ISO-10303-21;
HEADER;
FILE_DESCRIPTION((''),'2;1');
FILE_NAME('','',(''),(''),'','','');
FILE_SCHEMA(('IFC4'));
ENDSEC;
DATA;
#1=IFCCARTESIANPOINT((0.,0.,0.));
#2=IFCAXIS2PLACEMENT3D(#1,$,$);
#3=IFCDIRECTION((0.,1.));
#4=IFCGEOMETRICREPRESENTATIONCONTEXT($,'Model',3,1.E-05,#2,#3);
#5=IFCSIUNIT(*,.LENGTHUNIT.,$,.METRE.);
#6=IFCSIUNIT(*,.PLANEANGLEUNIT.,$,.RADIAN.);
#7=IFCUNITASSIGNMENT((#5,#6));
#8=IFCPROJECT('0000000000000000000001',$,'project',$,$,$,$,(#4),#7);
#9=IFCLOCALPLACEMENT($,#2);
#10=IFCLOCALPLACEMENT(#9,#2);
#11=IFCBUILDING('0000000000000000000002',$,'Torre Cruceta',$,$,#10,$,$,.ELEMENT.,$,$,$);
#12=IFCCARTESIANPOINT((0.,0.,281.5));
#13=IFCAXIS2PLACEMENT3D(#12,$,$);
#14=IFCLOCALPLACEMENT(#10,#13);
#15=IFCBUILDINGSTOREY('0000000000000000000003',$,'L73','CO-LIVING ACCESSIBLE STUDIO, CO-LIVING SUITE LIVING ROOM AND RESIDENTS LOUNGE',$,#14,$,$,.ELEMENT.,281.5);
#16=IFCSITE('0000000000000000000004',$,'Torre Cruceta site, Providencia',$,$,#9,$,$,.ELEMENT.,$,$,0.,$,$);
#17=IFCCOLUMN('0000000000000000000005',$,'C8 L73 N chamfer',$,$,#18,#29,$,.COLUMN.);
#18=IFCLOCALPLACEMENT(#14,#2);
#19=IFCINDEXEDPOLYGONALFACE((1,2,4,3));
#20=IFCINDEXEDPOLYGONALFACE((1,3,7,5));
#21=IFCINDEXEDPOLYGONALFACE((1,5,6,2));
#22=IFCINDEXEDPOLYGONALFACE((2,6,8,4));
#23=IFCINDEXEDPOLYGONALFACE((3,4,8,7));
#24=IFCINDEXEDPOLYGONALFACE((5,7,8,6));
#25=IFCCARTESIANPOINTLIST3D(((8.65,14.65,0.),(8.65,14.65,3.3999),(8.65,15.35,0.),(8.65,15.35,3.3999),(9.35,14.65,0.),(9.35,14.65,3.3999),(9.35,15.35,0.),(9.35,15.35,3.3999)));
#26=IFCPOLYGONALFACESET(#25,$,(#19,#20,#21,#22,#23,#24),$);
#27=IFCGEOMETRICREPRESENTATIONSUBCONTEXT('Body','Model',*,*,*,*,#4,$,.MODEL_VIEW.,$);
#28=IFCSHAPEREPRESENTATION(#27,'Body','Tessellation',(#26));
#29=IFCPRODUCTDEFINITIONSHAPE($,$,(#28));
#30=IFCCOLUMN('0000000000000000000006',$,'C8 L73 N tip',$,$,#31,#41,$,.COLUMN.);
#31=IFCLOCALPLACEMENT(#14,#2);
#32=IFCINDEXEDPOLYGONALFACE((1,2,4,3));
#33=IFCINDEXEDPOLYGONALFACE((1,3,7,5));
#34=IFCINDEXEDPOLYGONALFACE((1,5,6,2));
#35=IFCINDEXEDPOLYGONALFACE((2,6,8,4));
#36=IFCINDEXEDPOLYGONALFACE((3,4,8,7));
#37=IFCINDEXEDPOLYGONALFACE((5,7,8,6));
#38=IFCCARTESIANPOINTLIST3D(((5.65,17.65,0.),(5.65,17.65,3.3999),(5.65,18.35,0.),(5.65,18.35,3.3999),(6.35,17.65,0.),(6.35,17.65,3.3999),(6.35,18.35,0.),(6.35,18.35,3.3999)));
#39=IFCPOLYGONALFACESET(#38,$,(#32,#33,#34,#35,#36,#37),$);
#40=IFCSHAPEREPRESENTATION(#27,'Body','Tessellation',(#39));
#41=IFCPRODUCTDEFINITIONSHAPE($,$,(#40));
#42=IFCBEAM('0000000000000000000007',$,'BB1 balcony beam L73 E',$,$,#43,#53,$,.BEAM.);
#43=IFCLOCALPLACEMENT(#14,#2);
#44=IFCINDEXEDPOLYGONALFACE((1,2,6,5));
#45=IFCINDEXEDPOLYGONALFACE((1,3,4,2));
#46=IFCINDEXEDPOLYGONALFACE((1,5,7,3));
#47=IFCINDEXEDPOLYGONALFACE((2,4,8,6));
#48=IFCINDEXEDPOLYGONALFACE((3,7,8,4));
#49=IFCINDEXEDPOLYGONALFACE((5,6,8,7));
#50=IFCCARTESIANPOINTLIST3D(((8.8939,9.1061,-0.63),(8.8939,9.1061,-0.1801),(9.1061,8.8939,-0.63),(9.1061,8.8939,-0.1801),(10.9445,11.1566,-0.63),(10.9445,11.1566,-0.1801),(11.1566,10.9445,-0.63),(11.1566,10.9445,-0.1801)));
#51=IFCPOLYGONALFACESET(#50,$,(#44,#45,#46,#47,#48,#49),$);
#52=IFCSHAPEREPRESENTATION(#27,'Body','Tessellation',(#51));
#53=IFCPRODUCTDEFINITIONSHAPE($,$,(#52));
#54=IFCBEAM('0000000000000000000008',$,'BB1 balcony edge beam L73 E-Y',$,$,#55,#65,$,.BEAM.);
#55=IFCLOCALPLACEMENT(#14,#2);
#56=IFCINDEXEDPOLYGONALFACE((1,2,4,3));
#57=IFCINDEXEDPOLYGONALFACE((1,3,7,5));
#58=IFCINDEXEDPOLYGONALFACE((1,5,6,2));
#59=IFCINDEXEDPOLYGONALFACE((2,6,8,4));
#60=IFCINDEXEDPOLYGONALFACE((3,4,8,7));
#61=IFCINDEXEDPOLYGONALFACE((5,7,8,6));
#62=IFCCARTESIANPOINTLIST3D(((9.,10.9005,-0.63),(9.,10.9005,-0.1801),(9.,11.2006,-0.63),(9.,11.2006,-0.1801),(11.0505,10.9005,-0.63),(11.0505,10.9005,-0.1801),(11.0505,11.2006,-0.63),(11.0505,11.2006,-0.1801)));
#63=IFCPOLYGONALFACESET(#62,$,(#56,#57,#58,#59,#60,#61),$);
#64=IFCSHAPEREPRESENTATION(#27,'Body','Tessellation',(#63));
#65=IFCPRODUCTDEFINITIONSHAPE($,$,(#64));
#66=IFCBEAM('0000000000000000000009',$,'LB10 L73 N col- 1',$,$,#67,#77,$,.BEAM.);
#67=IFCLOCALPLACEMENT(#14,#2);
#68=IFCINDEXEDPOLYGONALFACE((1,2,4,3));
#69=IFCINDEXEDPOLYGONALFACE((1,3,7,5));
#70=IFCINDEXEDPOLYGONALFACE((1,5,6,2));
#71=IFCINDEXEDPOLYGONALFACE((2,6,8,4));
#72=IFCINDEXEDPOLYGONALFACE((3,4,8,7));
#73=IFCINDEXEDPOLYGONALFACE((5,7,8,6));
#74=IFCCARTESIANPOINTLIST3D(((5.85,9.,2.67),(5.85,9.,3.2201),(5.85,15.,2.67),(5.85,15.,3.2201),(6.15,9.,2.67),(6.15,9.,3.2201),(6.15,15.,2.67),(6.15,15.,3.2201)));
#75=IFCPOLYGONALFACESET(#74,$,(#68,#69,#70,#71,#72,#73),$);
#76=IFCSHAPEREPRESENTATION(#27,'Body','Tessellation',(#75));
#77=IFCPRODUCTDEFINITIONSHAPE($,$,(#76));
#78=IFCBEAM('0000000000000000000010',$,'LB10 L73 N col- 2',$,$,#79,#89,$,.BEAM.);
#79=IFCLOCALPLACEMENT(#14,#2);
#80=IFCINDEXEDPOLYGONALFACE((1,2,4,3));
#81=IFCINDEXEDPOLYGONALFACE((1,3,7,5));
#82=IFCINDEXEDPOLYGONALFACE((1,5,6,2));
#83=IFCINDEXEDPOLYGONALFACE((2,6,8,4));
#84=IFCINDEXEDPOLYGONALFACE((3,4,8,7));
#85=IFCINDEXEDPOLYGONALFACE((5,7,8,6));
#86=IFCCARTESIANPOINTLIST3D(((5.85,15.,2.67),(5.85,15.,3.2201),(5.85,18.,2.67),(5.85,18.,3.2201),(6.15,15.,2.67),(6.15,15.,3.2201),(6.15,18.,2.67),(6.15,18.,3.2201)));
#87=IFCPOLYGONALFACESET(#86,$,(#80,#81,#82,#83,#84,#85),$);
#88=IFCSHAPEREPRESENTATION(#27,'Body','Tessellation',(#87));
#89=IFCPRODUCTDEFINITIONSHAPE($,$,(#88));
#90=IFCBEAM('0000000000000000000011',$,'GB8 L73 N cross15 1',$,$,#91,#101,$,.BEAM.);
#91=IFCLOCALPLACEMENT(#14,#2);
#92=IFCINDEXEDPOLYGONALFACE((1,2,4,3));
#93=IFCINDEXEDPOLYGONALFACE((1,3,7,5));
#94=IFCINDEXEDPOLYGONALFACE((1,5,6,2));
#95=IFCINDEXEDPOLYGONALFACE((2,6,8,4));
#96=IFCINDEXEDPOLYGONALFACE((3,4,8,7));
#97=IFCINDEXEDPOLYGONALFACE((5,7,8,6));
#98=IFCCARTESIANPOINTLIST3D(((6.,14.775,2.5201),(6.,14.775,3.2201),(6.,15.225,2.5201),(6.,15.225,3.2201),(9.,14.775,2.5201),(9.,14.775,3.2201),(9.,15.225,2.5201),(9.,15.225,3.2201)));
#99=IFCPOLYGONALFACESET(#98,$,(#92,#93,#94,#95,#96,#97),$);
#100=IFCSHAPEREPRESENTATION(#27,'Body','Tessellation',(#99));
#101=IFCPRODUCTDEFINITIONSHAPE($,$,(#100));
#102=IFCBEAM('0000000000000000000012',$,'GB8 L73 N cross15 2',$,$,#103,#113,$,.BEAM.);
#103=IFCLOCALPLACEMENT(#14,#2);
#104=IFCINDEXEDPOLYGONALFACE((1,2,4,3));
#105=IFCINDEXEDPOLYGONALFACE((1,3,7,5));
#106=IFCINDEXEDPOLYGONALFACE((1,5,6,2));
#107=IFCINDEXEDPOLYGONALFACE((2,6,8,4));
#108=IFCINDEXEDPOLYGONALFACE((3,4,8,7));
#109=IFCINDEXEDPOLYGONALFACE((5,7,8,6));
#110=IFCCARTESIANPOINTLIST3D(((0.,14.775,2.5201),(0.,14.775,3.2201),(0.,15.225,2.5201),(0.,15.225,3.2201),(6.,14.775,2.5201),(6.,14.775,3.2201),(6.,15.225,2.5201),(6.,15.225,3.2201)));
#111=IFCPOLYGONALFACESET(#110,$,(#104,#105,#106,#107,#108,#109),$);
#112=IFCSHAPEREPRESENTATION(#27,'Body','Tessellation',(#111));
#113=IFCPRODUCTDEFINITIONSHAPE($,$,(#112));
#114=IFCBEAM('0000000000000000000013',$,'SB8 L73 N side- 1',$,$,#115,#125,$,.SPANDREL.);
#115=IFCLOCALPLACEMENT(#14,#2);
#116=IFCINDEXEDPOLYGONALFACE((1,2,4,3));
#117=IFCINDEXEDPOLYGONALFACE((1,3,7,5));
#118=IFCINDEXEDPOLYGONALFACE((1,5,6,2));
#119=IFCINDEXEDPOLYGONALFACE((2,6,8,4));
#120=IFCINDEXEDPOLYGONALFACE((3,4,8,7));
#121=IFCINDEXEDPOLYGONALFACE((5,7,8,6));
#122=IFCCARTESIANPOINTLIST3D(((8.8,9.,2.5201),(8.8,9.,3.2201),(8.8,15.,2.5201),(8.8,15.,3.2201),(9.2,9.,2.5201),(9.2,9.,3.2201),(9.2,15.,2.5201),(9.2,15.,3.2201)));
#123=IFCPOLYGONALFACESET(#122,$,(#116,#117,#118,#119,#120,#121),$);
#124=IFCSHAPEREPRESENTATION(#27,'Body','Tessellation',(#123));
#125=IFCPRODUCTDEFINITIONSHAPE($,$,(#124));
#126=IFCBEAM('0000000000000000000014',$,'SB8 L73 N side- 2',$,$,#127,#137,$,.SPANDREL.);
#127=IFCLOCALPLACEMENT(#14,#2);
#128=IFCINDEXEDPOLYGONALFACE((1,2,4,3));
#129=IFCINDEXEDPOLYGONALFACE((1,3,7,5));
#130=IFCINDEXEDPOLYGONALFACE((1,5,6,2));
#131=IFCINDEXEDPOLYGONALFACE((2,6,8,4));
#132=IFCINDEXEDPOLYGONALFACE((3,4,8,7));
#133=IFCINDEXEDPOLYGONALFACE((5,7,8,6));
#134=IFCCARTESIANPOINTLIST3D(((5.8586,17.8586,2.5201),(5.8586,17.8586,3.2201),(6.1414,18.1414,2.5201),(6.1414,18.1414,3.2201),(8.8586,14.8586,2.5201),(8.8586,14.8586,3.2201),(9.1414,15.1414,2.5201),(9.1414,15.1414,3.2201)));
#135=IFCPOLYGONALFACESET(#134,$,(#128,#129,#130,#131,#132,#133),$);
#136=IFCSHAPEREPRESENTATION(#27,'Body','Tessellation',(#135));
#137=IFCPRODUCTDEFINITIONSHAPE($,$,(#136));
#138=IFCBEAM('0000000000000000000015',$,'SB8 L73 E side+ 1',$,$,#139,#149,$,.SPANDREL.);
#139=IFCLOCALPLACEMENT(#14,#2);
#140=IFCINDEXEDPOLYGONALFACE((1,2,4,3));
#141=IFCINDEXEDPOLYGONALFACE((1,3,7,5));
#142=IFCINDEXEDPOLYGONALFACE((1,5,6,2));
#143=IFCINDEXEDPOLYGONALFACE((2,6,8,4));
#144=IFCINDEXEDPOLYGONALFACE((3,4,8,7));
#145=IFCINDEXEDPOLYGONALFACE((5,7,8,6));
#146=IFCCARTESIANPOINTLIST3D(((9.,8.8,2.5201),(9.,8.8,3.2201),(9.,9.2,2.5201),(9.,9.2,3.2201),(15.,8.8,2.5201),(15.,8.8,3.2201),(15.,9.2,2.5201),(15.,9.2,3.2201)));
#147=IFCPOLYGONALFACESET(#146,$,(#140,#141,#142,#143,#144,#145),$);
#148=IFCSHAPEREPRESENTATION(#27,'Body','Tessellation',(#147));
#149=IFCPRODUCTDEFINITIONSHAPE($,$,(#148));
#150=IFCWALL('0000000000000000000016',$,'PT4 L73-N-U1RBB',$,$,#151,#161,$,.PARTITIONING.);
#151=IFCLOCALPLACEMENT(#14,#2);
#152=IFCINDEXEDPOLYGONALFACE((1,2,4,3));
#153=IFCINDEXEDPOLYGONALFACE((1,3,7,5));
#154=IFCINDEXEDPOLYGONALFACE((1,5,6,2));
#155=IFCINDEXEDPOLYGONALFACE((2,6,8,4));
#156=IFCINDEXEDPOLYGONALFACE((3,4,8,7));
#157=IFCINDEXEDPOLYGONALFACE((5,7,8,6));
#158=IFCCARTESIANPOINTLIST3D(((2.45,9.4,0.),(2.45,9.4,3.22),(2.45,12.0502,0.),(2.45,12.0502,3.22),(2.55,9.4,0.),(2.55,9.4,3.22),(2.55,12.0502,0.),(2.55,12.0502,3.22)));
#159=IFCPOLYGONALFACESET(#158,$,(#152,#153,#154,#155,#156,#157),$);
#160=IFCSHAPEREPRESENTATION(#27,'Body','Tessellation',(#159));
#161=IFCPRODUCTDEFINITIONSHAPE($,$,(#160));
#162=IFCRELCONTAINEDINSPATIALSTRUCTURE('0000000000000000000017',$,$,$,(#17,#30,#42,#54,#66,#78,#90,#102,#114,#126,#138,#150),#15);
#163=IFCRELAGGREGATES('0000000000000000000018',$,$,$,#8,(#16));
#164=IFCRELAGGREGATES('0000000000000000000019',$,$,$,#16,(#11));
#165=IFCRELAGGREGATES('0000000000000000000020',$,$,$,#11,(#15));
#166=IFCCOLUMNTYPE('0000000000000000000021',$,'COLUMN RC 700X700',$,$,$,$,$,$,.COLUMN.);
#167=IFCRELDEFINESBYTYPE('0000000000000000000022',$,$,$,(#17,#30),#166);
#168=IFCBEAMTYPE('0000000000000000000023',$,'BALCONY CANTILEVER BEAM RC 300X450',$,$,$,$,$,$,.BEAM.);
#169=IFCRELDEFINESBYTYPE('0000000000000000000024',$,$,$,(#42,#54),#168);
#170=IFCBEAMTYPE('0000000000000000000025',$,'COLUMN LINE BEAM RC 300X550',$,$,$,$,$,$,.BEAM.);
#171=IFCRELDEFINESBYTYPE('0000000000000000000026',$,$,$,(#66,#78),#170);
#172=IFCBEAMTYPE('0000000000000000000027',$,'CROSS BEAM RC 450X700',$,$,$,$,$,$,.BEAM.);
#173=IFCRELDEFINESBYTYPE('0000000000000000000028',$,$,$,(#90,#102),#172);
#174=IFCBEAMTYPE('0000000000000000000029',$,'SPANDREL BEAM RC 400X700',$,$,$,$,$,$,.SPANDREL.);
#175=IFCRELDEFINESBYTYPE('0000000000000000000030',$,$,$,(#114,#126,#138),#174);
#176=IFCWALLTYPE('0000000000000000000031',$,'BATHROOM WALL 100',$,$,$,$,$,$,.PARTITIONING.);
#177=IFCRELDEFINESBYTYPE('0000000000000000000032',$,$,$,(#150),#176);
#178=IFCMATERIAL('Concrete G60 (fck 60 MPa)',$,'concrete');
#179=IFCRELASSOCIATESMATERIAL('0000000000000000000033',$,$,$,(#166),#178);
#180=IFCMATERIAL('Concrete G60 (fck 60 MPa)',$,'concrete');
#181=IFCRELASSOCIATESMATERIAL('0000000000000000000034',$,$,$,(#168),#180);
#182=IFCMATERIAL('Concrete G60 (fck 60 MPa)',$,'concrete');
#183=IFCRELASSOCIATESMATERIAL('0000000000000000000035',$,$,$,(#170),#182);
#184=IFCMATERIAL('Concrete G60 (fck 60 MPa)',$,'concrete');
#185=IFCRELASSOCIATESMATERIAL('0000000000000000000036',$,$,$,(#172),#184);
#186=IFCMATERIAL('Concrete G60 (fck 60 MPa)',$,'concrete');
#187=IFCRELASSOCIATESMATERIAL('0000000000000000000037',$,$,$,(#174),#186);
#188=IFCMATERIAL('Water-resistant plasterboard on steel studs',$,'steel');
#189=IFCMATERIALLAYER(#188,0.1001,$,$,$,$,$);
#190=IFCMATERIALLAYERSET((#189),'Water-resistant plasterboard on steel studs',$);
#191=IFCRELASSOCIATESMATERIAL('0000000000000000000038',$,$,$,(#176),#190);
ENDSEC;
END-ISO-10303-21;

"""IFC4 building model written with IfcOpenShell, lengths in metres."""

from ifc_helpers import new_model, si_unit, direction, frame, frame_2d, origin, origin_2d, place, context, subcontext, project, spatial, rectangle, extrude, material, layer, layer_set, material_profile, profile_set, type_object, element, save


model = new_model("IFC4")

# Units and contexts
model_context = context("Model", 3, precision=1e-05, world=origin(), true_north=direction((0.0, 1.0)))
body_context = subcontext(model_context, "Body", "Model", "MODEL_VIEW")
ifc_project = project(units=[si_unit("LENGTHUNIT", "METRE"), si_unit("PLANEANGLEUNIT", "RADIAN")], contexts=[model_context])

# Site, building, storey
site_placement = place(None, origin())
site = spatial("IfcSite", under=ifc_project, at=site_placement, Name="Torre Cruceta site, Providencia", CompositionType="ELEMENT", RefElevation=0.0)
building_placement = place(site_placement, origin())
building = spatial("IfcBuilding", under=site, at=building_placement, Name="Torre Cruceta", CompositionType="ELEMENT")
storey_placement = place(building_placement, frame((0.0, 0.0, 281.5)))
storey = spatial("IfcBuildingStorey", under=building, at=storey_placement, Name="L73", Description="CO-LIVING ACCESSIBLE STUDIO, CO-LIVING SUITE LIVING ROOM AND RESIDENTS LOUNGE", CompositionType="ELEMENT", Elevation=281.5)

# Columns
ifc_material_1 = material(Name="Concrete G60 (fck 60 MPa)", Category="concrete")
ifc_material_profile_1 = material_profile(ifc_material_1, rectangle(XDim=0.7, YDim=0.7, at=origin_2d()), Name="RC 700X700")
ifc_profile_set_1 = profile_set([ifc_material_profile_1], Name="Concrete G60 (fck 60 MPa)")
column_type = type_object("IfcColumnType", Name="COLUMN RC 700X700", PredefinedType="COLUMN", material=ifc_profile_set_1)
for number, where, z_axis, x_axis, name in (
    (1, (9.0, 15.0, 0.0), (0.0, 0.0, 1.0), (1.0, 0.0, 0.0), "C8 L73 N chamfer"),
    (2, (6.0, 18.0, 0.0), (0.0, 0.0, 1.0), (1.0, 0.0, 0.0), "C8 L73 N tip"),
):
    element("IfcColumn", number, at=place(storey_placement, frame(where, z_axis=z_axis, x_axis=x_axis)), inside=storey, type_object=column_type, Name=name, PredefinedType="COLUMN", context=body_context, shape_type="SweptSolid", body=[
        extrude(rectangle(XDim=0.7, YDim=0.7, at=origin_2d()), origin(), (0.0, 0.0, 1.0), 3.3999),
    ])

# Beams
ifc_material_2 = material(Name="Concrete G60 (fck 60 MPa)", Category="concrete")
ifc_material_profile_2 = material_profile(ifc_material_2, rectangle(XDim=0.3, YDim=0.45, at=origin_2d()), Name="RC 300X450")
ifc_profile_set_2 = profile_set([ifc_material_profile_2], Name="Concrete G60 (fck 60 MPa)")
beam_type_1 = type_object("IfcBeamType", Name="BALCONY CANTILEVER BEAM RC 300X450", PredefinedType="BEAM", material=ifc_profile_set_2)
beam_1_placement = place(storey_placement, frame((9.0, 9.0, -0.405), z_axis=(0.707107, 0.707107, 0.0), x_axis=(-0.707107, 0.707107, 0.0)))
element("IfcBeam", 3, at=beam_1_placement, inside=storey, type_object=beam_type_1, Name="BB1 balcony beam L73 E", PredefinedType="BEAM", context=body_context, shape_type="SweptSolid", body=[
    extrude(rectangle(XDim=0.3, YDim=0.45, at=origin_2d()), origin(), (0.0, 0.0, 1.0), 2.8999),
])
beam_2_placement = place(storey_placement, frame((9.0, 11.0505, -0.405), z_axis=(1.0, 0.0, 0.0), x_axis=(0.0, 1.0, 0.0)))
element("IfcBeam", 4, at=beam_2_placement, inside=storey, type_object=beam_type_1, Name="BB1 balcony edge beam L73 E-Y", PredefinedType="BEAM", context=body_context, shape_type="SweptSolid", body=[
    extrude(rectangle(XDim=0.3, YDim=0.45, at=origin_2d()), origin(), (0.0, 0.0, 1.0), 2.0505),
])
ifc_material_3 = material(Name="Concrete G60 (fck 60 MPa)", Category="concrete")
ifc_material_profile_3 = material_profile(ifc_material_3, rectangle(XDim=0.3, YDim=0.55, at=origin_2d()), Name="RC 300X550")
ifc_profile_set_3 = profile_set([ifc_material_profile_3], Name="Concrete G60 (fck 60 MPa)")
beam_type_2 = type_object("IfcBeamType", Name="COLUMN LINE BEAM RC 300X550", PredefinedType="BEAM", material=ifc_profile_set_3)
beam_3_placement = place(storey_placement, frame((6.0, 9.0, 2.9451), z_axis=(0.0, 1.0, 0.0), x_axis=(-1.0, 0.0, 0.0)))
element("IfcBeam", 5, at=beam_3_placement, inside=storey, type_object=beam_type_2, Name="LB10 L73 N col- 1", PredefinedType="BEAM", context=body_context, shape_type="SweptSolid", body=[
    extrude(rectangle(XDim=0.3, YDim=0.55, at=origin_2d()), origin(), (0.0, 0.0, 1.0), 6.0),
])
beam_4_placement = place(storey_placement, frame((6.0, 15.0, 2.9451), z_axis=(0.0, 1.0, 0.0), x_axis=(-1.0, 0.0, 0.0)))
element("IfcBeam", 6, at=beam_4_placement, inside=storey, type_object=beam_type_2, Name="LB10 L73 N col- 2", PredefinedType="BEAM", context=body_context, shape_type="SweptSolid", body=[
    extrude(rectangle(XDim=0.3, YDim=0.55, at=origin_2d()), origin(), (0.0, 0.0, 1.0), 3.0),
])
ifc_material_4 = material(Name="Concrete G60 (fck 60 MPa)", Category="concrete")
ifc_material_profile_4 = material_profile(ifc_material_4, rectangle(XDim=0.45, YDim=0.7, at=origin_2d()), Name="RC 450X700")
ifc_profile_set_4 = profile_set([ifc_material_profile_4], Name="Concrete G60 (fck 60 MPa)")
beam_type_3 = type_object("IfcBeamType", Name="CROSS BEAM RC 450X700", PredefinedType="BEAM", material=ifc_profile_set_4)
beam_5_placement = place(storey_placement, frame((9.0, 15.0, 2.8701), z_axis=(-1.0, 0.0, 0.0), x_axis=(0.0, -1.0, 0.0)))
element("IfcBeam", 7, at=beam_5_placement, inside=storey, type_object=beam_type_3, Name="GB8 L73 N cross15 1", PredefinedType="BEAM", context=body_context, shape_type="SweptSolid", body=[
    extrude(rectangle(XDim=0.45, YDim=0.7, at=origin_2d()), origin(), (0.0, 0.0, 1.0), 3.0),
])
beam_6_placement = place(storey_placement, frame((6.0, 15.0, 2.8701), z_axis=(-1.0, 0.0, 0.0), x_axis=(0.0, -1.0, 0.0)))
element("IfcBeam", 8, at=beam_6_placement, inside=storey, type_object=beam_type_3, Name="GB8 L73 N cross15 2", PredefinedType="BEAM", context=body_context, shape_type="SweptSolid", body=[
    extrude(rectangle(XDim=0.45, YDim=0.7, at=origin_2d()), origin(), (0.0, 0.0, 1.0), 6.0),
])
ifc_material_5 = material(Name="Concrete G60 (fck 60 MPa)", Category="concrete")
ifc_material_profile_5 = material_profile(ifc_material_5, rectangle(XDim=0.3999, YDim=0.7, at=origin_2d()), Name="RC 400X700")
ifc_profile_set_5 = profile_set([ifc_material_profile_5], Name="Concrete G60 (fck 60 MPa)")
beam_type_4 = type_object("IfcBeamType", Name="SPANDREL BEAM RC 400X700", PredefinedType="SPANDREL", material=ifc_profile_set_5)
beam_7_placement = place(storey_placement, frame((9.0, 9.0, 2.8701), z_axis=(0.0, 1.0, 0.0), x_axis=(-1.0, 0.0, 0.0)))
element("IfcBeam", 9, at=beam_7_placement, inside=storey, type_object=beam_type_4, Name="SB8 L73 N side- 1", PredefinedType="SPANDREL", context=body_context, shape_type="SweptSolid", body=[
    extrude(rectangle(XDim=0.3999, YDim=0.7, at=origin_2d()), origin(), (0.0, 0.0, 1.0), 6.0),
])
beam_8_placement = place(storey_placement, frame((9.0, 15.0, 2.8701), z_axis=(-0.707107, 0.707107, 0.0), x_axis=(-0.707107, -0.707107, 0.0)))
element("IfcBeam", 10, at=beam_8_placement, inside=storey, type_object=beam_type_4, Name="SB8 L73 N side- 2", PredefinedType="SPANDREL", context=body_context, shape_type="SweptSolid", body=[
    extrude(rectangle(XDim=0.3999, YDim=0.7, at=origin_2d()), origin(), (0.0, 0.0, 1.0), 4.2427),
])
beam_9_placement = place(storey_placement, frame((9.0, 9.0, 2.8701), z_axis=(1.0, 0.0, 0.0), x_axis=(0.0, 1.0, 0.0)))
element("IfcBeam", 11, at=beam_9_placement, inside=storey, type_object=beam_type_4, Name="SB8 L73 E side+ 1", PredefinedType="SPANDREL", context=body_context, shape_type="SweptSolid", body=[
    extrude(rectangle(XDim=0.3999, YDim=0.7, at=origin_2d()), origin(), (0.0, 0.0, 1.0), 6.0),
])

# Wall
ifc_material_6 = material(Name="Water-resistant plasterboard on steel studs", Category="steel")
ifc_layer_1 = layer(ifc_material_6, 0.1001)
ifc_layer_set_1 = layer_set([ifc_layer_1], Name="Water-resistant plasterboard on steel studs")
wall_type_1 = type_object("IfcWallType", Name="BATHROOM WALL 100", PredefinedType="PARTITIONING", material=ifc_layer_set_1)
wall_1_placement = place(storey_placement, frame((2.5, 9.3999, 0.0), z_axis=(0.0, 0.0, 1.0), x_axis=(0.0, 1.0, 0.0)))
element("IfcWall", 12, at=wall_1_placement, inside=storey, type_object=wall_type_1, Name="PT4 L73-N-U1RBB", PredefinedType="PARTITIONING", context=body_context, shape_type="SweptSolid", body=[
    extrude(rectangle(XDim=2.6501, YDim=0.1001, at=frame_2d((1.3252, 0.0))), origin(), (0.0, 0.0, 1.0), 3.22),
])

save(model, "model.ifc")
